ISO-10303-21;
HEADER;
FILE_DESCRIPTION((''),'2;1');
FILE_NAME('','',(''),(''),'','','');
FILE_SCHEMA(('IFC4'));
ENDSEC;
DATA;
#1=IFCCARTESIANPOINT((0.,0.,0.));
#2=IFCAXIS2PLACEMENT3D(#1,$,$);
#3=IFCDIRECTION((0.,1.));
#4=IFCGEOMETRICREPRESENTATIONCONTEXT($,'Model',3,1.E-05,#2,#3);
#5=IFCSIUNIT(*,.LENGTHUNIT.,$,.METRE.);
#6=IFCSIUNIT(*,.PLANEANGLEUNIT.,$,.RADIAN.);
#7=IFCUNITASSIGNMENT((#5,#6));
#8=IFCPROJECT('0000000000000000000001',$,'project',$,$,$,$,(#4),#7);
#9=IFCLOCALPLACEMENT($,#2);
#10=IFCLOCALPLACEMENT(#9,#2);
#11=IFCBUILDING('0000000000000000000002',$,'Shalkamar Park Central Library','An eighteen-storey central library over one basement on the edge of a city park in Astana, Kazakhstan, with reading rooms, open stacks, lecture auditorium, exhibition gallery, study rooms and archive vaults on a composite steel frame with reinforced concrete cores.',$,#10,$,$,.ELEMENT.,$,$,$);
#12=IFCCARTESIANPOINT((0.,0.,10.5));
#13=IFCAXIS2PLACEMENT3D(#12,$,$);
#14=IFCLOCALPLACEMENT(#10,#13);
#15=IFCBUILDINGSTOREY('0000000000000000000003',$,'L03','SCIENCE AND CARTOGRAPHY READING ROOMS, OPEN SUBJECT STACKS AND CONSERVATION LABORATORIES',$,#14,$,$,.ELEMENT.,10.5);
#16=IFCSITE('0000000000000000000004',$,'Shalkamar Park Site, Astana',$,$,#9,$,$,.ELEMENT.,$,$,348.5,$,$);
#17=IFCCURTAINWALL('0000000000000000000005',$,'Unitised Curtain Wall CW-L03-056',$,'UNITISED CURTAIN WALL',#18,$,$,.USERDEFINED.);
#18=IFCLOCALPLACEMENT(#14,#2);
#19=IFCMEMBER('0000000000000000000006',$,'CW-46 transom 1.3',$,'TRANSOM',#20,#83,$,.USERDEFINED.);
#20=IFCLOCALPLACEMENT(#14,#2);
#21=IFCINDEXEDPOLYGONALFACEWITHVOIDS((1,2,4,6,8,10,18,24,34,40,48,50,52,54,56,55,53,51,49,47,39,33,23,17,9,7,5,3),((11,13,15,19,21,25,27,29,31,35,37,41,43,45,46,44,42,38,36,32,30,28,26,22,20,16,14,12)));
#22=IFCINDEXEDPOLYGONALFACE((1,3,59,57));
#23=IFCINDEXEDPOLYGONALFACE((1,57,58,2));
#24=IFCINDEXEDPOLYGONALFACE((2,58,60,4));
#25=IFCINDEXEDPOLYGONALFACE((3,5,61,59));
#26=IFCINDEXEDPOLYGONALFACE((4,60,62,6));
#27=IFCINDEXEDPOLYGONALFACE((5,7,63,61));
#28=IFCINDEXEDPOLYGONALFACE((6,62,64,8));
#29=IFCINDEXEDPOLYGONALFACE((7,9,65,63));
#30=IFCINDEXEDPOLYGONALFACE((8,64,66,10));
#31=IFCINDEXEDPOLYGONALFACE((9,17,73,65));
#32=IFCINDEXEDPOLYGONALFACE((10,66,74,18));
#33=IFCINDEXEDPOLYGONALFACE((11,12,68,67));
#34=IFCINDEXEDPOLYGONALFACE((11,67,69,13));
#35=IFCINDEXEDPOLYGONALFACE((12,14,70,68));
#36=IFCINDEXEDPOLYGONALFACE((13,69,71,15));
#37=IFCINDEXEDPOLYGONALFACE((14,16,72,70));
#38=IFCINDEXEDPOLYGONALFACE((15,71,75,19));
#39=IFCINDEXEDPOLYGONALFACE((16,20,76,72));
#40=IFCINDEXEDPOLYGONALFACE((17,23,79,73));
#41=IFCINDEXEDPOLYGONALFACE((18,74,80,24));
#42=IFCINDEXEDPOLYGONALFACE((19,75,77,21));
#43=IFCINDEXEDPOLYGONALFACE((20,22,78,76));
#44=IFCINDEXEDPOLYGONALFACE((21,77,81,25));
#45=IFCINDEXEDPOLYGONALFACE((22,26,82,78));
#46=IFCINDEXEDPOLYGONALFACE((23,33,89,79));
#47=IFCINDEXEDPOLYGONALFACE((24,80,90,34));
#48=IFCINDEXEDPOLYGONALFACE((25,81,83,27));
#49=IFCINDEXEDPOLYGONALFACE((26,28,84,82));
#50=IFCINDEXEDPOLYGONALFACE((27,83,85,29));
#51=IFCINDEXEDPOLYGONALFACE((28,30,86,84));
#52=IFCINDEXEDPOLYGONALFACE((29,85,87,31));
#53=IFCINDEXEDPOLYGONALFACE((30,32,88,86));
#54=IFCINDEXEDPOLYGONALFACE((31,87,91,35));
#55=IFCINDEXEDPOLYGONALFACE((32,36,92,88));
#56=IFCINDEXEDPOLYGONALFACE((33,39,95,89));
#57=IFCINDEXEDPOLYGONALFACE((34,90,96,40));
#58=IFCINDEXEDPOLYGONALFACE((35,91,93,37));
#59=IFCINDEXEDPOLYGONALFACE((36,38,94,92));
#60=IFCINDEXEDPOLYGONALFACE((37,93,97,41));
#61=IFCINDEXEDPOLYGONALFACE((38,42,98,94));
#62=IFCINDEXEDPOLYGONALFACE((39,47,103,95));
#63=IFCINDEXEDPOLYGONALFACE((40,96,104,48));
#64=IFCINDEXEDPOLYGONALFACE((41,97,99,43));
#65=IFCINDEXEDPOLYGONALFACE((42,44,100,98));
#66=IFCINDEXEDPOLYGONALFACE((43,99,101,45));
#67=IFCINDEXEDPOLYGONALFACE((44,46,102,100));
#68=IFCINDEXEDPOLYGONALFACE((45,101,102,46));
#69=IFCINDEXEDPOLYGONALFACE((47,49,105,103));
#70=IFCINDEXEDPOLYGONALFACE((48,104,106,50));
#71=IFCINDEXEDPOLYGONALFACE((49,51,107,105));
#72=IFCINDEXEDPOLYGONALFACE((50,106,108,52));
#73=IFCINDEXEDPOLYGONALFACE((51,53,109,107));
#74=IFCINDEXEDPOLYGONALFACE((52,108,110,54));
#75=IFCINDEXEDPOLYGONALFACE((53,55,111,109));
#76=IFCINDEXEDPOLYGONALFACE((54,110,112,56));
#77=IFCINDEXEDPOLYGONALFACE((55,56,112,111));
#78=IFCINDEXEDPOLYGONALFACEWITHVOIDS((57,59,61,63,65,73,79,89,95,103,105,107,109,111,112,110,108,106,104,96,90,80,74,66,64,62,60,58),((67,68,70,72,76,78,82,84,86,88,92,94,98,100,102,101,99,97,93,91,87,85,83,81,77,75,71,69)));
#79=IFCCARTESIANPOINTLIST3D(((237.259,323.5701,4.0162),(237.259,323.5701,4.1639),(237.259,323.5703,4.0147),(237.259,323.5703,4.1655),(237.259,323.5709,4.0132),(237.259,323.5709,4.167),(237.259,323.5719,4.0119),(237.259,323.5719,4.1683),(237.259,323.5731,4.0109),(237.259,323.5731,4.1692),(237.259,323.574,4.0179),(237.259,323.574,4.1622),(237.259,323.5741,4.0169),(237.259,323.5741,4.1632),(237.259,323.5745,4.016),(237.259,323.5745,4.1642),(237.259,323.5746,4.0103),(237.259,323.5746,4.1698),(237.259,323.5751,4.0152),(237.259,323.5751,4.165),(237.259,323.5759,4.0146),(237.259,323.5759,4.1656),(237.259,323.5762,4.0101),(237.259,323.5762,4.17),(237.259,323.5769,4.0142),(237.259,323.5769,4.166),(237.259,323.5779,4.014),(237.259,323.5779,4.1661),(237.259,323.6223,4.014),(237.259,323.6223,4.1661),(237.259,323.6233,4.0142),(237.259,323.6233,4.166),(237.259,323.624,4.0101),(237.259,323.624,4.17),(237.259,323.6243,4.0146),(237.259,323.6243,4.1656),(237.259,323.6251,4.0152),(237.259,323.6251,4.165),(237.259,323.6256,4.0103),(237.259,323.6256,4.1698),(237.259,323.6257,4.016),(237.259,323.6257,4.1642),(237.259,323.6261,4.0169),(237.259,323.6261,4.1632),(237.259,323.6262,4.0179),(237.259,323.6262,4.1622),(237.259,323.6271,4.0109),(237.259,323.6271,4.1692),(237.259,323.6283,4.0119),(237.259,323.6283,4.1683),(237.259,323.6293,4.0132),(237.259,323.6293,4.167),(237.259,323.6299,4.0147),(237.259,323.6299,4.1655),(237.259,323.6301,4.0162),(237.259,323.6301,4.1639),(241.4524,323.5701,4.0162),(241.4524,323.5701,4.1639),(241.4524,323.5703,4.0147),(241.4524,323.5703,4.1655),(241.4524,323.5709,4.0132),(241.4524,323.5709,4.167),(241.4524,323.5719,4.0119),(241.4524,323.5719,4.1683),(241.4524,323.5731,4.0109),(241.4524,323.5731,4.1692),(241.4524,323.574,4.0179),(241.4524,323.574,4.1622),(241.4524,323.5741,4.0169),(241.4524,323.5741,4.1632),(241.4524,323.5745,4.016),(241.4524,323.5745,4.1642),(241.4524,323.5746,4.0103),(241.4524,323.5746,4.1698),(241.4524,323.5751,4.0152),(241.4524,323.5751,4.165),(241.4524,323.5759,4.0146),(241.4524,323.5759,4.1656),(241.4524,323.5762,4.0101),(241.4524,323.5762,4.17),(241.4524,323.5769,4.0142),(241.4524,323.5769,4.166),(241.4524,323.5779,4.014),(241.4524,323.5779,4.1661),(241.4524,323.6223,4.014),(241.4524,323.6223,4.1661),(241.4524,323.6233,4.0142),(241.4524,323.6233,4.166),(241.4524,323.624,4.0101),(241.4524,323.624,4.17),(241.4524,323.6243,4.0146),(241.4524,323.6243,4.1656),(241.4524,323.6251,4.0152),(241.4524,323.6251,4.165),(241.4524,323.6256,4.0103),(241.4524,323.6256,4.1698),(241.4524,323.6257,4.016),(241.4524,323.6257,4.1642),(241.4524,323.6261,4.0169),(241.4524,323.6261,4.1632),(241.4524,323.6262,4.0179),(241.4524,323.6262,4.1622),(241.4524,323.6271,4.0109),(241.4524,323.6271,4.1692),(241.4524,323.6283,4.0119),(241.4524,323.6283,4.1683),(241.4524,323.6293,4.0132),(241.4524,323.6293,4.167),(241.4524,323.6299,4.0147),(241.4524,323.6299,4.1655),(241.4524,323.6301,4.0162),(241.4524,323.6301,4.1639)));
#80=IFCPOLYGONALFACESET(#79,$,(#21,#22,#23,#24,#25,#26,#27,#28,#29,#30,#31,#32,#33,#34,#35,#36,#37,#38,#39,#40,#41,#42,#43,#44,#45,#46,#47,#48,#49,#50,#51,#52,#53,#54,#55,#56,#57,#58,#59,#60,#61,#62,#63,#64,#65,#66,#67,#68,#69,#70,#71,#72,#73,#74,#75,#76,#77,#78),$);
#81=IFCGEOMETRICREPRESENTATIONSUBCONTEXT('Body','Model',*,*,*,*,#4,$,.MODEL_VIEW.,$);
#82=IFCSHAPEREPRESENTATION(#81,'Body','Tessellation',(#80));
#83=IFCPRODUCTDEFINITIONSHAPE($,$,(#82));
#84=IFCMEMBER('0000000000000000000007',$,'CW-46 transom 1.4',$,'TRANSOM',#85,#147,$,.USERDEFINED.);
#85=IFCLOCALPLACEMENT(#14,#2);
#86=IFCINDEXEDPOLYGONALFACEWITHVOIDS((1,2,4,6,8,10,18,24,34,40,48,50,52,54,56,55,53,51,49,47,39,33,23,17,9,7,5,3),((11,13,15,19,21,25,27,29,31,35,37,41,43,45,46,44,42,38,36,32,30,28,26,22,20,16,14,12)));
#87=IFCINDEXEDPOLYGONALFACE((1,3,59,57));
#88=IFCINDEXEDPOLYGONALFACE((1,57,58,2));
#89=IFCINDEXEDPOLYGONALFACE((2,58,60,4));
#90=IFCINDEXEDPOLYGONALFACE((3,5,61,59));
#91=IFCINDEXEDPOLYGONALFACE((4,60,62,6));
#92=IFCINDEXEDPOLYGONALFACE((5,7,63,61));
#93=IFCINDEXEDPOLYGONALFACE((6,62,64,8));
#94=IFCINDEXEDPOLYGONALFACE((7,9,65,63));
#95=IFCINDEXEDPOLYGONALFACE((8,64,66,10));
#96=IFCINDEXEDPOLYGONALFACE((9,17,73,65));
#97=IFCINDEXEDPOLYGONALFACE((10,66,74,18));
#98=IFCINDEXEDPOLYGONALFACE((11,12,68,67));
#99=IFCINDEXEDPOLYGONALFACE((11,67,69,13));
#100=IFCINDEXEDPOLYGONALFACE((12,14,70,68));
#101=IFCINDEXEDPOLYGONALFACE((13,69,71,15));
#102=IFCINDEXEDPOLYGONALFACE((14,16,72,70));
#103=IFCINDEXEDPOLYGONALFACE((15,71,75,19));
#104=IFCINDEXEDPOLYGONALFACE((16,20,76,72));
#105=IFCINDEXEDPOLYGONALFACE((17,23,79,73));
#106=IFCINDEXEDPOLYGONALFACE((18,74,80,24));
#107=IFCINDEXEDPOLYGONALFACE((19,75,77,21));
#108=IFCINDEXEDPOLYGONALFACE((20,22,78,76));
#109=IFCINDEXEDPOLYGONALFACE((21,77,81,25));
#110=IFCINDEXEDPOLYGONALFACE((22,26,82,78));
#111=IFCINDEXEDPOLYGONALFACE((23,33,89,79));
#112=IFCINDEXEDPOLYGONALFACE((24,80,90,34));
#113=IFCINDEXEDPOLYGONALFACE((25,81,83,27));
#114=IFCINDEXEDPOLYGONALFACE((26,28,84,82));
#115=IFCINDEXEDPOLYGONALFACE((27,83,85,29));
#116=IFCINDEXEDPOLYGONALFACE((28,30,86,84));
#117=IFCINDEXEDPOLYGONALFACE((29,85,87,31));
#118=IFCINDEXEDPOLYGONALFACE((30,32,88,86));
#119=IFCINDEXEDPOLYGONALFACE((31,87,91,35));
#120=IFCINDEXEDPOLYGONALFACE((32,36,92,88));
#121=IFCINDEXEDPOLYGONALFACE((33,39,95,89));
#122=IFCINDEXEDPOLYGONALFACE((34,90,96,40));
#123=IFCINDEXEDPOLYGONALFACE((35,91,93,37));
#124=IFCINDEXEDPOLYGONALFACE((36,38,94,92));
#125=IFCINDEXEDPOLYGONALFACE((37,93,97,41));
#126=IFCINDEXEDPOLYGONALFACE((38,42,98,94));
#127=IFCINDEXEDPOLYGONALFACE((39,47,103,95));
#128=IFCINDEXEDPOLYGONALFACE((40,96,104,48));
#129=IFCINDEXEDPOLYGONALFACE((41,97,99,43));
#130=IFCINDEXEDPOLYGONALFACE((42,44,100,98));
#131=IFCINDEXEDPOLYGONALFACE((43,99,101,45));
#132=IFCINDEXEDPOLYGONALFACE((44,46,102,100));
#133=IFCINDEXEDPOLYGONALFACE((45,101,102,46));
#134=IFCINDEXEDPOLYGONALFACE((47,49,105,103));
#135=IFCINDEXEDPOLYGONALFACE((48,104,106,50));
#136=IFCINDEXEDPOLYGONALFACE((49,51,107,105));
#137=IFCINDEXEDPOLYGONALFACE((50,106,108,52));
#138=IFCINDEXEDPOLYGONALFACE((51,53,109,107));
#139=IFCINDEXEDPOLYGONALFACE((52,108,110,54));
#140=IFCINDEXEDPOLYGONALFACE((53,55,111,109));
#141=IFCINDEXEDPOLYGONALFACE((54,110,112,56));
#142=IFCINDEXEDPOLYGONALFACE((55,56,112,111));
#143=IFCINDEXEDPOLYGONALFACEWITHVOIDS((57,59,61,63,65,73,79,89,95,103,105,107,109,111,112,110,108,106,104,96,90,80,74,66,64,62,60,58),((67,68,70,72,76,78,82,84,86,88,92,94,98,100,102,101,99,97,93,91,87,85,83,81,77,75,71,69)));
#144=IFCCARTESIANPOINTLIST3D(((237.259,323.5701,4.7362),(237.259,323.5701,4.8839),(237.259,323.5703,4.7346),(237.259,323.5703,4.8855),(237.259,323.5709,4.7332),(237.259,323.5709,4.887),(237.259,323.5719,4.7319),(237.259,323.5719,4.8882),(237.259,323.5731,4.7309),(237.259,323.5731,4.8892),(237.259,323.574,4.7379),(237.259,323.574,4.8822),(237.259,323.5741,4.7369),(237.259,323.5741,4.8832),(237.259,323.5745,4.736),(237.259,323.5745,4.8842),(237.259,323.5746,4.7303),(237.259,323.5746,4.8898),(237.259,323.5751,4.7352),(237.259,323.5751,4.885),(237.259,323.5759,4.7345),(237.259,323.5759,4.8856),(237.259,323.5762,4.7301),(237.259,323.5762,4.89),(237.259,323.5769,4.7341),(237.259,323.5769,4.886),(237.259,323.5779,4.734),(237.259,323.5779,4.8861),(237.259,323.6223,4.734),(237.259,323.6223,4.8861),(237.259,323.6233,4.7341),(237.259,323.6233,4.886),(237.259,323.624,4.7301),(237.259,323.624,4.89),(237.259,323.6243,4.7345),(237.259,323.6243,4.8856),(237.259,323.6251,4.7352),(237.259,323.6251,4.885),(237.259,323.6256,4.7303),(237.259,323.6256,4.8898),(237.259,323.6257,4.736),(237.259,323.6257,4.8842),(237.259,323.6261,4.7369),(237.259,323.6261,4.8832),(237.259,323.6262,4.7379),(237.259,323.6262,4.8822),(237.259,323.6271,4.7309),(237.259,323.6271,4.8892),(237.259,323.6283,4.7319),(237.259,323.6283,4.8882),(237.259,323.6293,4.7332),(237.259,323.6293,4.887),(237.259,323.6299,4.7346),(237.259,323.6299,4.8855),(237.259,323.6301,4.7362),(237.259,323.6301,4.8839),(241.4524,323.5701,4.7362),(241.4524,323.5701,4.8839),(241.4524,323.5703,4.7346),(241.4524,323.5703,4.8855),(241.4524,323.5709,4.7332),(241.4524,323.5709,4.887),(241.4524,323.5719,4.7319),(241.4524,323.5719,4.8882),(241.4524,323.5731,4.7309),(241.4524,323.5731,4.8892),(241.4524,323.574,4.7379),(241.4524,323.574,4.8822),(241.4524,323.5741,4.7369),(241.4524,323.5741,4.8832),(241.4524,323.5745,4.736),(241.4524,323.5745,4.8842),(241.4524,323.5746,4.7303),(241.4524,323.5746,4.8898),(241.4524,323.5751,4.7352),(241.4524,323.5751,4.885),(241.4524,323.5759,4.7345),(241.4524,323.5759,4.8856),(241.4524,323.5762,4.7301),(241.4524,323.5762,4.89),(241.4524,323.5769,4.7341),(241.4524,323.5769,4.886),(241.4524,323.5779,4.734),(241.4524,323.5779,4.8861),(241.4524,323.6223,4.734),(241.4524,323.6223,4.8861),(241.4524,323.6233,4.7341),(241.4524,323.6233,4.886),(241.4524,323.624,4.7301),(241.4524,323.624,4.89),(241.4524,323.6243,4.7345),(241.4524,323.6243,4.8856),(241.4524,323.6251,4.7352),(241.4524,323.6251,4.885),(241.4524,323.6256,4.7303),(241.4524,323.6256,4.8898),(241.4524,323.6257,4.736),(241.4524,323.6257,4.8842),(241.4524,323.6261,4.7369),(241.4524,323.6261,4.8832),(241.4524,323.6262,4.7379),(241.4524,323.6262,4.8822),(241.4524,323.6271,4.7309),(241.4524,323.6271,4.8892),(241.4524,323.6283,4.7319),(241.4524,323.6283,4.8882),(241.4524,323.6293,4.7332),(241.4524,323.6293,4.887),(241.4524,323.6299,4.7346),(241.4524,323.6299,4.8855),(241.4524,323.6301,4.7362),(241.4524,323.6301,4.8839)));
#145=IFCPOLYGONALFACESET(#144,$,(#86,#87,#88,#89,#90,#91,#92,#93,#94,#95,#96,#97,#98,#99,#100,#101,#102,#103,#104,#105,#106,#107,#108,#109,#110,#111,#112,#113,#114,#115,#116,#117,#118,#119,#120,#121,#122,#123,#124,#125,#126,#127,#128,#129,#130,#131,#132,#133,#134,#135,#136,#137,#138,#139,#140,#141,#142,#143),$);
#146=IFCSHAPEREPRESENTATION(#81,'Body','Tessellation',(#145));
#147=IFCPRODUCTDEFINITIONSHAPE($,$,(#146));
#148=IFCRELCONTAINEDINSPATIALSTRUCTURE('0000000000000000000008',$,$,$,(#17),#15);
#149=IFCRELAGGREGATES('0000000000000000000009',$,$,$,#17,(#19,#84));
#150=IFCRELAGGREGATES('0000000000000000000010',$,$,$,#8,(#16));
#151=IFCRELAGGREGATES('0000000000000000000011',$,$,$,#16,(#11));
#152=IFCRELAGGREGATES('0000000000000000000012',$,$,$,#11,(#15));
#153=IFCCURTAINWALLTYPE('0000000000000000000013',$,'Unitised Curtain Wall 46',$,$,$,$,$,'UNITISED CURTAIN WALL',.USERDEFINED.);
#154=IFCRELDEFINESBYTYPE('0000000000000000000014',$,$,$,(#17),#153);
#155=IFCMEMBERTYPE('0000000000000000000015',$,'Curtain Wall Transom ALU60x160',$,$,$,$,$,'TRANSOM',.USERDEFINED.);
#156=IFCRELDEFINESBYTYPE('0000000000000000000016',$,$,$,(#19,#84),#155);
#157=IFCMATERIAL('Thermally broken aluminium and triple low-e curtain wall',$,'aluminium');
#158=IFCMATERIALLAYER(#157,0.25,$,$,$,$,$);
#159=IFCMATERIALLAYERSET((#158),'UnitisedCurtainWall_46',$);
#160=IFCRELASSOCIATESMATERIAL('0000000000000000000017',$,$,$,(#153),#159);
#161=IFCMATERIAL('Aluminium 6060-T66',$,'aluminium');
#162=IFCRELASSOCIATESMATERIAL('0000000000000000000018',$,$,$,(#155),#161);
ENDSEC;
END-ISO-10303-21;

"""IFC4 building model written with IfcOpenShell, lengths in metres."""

from ifc_helpers import new_model, si_unit, direction, frame, origin, origin_2d, place, context, subcontext, project, spatial, hollow_rectangle, extrude, material, layer, layer_set, material_profile, profile_set, type_object, element, aggregate, save


model = new_model("IFC4")

# Units and contexts
model_context = context("Model", 3, precision=1e-05, world=origin(), true_north=direction((0.0, 1.0)))
body_context = subcontext(model_context, "Body", "Model", "MODEL_VIEW")
ifc_project = project(units=[si_unit("LENGTHUNIT", "METRE"), si_unit("PLANEANGLEUNIT", "RADIAN")], contexts=[model_context])

# Site, building, storey
site_placement = place(None, origin())
site = spatial("IfcSite", under=ifc_project, at=site_placement, Name="Shalkamar Park Site, Astana", CompositionType="ELEMENT", RefElevation=348.5)
building_placement = place(site_placement, origin())
building = spatial("IfcBuilding", under=site, at=building_placement, Name="Shalkamar Park Central Library", Description="An eighteen-storey central library over one basement on the edge of a city park in Astana, Kazakhstan, with reading rooms, open stacks, lecture auditorium, exhibition gallery, study rooms and archive vaults on a composite steel frame with reinforced concrete cores.", CompositionType="ELEMENT")
storey_placement = place(building_placement, frame((0.0, 0.0, 10.5)))
storey = spatial("IfcBuildingStorey", under=building, at=storey_placement, Name="L03", Description="SCIENCE AND CARTOGRAPHY READING ROOMS, OPEN SUBJECT STACKS AND CONSERVATION LABORATORIES", CompositionType="ELEMENT", Elevation=10.5)

# Curtain wall, members
ifc_material_1 = material(Name="Thermally broken aluminium and triple low-e curtain wall", Category="aluminium")
ifc_layer_1 = layer(ifc_material_1, 0.25)
ifc_layer_set_1 = layer_set([ifc_layer_1], Name="UnitisedCurtainWall_46")
curtain_wall_type = type_object("IfcCurtainWallType", Name="Unitised Curtain Wall 46", ElementType="UNITISED CURTAIN WALL", PredefinedType="USERDEFINED", material=ifc_layer_set_1)
curtain_wall_placement = place(storey_placement, origin())
curtain_wall = element("IfcCurtainWall", 1, at=curtain_wall_placement, inside=storey, type_object=curtain_wall_type, Name="Unitised Curtain Wall CW-L03-056", ObjectType="UNITISED CURTAIN WALL", PredefinedType="USERDEFINED")
ifc_material_2 = material(Name="Aluminium 6060-T66", Category="aluminium")
ifc_material_profile_1 = material_profile(ifc_material_2, hollow_rectangle(XDim=0.0601, YDim=0.1599, WallThickness=0.0039, InnerFilletRadius=0.0039, OuterFilletRadius=0.0061, at=origin_2d()), Name="ALU 60x160x4")
ifc_profile_set_1 = profile_set([ifc_material_profile_1], Name="Aluminium 6060-T66")
member_type_1 = type_object("IfcMemberType", Name="Curtain Wall Transom ALU60x160", ElementType="TRANSOM", PredefinedType="USERDEFINED", material=ifc_profile_set_1)
member_1_placement = place(storey_placement, frame((237.259, 323.6001, 4.0901), z_axis=(1.0, 0.0, 0.0), x_axis=(0.0, 1.0, 0.0)))
member_1 = element("IfcMember", 2, at=member_1_placement, type_object=member_type_1, Name="CW-46 transom 1.3", ObjectType="TRANSOM", PredefinedType="USERDEFINED", context=body_context, shape_type="SweptSolid", body=[
    extrude(hollow_rectangle(XDim=0.0601, YDim=0.1599, WallThickness=0.0039, InnerFilletRadius=0.0039, OuterFilletRadius=0.0061, at=origin_2d()), origin(), (0.0, 0.0, 1.0), 4.1934),
])
member_2_placement = place(storey_placement, frame((237.259, 323.6001, 4.8101), z_axis=(1.0, 0.0, 0.0), x_axis=(0.0, 1.0, 0.0)))
member_2 = element("IfcMember", 3, at=member_2_placement, type_object=member_type_1, Name="CW-46 transom 1.4", ObjectType="TRANSOM", PredefinedType="USERDEFINED", context=body_context, shape_type="SweptSolid", body=[
    extrude(hollow_rectangle(XDim=0.0601, YDim=0.1599, WallThickness=0.0039, InnerFilletRadius=0.0039, OuterFilletRadius=0.0061, at=origin_2d()), origin(), (0.0, 0.0, 1.0), 4.1934),
])

aggregate(curtain_wall, [member_1, member_2])

save(model, "model.ifc")
